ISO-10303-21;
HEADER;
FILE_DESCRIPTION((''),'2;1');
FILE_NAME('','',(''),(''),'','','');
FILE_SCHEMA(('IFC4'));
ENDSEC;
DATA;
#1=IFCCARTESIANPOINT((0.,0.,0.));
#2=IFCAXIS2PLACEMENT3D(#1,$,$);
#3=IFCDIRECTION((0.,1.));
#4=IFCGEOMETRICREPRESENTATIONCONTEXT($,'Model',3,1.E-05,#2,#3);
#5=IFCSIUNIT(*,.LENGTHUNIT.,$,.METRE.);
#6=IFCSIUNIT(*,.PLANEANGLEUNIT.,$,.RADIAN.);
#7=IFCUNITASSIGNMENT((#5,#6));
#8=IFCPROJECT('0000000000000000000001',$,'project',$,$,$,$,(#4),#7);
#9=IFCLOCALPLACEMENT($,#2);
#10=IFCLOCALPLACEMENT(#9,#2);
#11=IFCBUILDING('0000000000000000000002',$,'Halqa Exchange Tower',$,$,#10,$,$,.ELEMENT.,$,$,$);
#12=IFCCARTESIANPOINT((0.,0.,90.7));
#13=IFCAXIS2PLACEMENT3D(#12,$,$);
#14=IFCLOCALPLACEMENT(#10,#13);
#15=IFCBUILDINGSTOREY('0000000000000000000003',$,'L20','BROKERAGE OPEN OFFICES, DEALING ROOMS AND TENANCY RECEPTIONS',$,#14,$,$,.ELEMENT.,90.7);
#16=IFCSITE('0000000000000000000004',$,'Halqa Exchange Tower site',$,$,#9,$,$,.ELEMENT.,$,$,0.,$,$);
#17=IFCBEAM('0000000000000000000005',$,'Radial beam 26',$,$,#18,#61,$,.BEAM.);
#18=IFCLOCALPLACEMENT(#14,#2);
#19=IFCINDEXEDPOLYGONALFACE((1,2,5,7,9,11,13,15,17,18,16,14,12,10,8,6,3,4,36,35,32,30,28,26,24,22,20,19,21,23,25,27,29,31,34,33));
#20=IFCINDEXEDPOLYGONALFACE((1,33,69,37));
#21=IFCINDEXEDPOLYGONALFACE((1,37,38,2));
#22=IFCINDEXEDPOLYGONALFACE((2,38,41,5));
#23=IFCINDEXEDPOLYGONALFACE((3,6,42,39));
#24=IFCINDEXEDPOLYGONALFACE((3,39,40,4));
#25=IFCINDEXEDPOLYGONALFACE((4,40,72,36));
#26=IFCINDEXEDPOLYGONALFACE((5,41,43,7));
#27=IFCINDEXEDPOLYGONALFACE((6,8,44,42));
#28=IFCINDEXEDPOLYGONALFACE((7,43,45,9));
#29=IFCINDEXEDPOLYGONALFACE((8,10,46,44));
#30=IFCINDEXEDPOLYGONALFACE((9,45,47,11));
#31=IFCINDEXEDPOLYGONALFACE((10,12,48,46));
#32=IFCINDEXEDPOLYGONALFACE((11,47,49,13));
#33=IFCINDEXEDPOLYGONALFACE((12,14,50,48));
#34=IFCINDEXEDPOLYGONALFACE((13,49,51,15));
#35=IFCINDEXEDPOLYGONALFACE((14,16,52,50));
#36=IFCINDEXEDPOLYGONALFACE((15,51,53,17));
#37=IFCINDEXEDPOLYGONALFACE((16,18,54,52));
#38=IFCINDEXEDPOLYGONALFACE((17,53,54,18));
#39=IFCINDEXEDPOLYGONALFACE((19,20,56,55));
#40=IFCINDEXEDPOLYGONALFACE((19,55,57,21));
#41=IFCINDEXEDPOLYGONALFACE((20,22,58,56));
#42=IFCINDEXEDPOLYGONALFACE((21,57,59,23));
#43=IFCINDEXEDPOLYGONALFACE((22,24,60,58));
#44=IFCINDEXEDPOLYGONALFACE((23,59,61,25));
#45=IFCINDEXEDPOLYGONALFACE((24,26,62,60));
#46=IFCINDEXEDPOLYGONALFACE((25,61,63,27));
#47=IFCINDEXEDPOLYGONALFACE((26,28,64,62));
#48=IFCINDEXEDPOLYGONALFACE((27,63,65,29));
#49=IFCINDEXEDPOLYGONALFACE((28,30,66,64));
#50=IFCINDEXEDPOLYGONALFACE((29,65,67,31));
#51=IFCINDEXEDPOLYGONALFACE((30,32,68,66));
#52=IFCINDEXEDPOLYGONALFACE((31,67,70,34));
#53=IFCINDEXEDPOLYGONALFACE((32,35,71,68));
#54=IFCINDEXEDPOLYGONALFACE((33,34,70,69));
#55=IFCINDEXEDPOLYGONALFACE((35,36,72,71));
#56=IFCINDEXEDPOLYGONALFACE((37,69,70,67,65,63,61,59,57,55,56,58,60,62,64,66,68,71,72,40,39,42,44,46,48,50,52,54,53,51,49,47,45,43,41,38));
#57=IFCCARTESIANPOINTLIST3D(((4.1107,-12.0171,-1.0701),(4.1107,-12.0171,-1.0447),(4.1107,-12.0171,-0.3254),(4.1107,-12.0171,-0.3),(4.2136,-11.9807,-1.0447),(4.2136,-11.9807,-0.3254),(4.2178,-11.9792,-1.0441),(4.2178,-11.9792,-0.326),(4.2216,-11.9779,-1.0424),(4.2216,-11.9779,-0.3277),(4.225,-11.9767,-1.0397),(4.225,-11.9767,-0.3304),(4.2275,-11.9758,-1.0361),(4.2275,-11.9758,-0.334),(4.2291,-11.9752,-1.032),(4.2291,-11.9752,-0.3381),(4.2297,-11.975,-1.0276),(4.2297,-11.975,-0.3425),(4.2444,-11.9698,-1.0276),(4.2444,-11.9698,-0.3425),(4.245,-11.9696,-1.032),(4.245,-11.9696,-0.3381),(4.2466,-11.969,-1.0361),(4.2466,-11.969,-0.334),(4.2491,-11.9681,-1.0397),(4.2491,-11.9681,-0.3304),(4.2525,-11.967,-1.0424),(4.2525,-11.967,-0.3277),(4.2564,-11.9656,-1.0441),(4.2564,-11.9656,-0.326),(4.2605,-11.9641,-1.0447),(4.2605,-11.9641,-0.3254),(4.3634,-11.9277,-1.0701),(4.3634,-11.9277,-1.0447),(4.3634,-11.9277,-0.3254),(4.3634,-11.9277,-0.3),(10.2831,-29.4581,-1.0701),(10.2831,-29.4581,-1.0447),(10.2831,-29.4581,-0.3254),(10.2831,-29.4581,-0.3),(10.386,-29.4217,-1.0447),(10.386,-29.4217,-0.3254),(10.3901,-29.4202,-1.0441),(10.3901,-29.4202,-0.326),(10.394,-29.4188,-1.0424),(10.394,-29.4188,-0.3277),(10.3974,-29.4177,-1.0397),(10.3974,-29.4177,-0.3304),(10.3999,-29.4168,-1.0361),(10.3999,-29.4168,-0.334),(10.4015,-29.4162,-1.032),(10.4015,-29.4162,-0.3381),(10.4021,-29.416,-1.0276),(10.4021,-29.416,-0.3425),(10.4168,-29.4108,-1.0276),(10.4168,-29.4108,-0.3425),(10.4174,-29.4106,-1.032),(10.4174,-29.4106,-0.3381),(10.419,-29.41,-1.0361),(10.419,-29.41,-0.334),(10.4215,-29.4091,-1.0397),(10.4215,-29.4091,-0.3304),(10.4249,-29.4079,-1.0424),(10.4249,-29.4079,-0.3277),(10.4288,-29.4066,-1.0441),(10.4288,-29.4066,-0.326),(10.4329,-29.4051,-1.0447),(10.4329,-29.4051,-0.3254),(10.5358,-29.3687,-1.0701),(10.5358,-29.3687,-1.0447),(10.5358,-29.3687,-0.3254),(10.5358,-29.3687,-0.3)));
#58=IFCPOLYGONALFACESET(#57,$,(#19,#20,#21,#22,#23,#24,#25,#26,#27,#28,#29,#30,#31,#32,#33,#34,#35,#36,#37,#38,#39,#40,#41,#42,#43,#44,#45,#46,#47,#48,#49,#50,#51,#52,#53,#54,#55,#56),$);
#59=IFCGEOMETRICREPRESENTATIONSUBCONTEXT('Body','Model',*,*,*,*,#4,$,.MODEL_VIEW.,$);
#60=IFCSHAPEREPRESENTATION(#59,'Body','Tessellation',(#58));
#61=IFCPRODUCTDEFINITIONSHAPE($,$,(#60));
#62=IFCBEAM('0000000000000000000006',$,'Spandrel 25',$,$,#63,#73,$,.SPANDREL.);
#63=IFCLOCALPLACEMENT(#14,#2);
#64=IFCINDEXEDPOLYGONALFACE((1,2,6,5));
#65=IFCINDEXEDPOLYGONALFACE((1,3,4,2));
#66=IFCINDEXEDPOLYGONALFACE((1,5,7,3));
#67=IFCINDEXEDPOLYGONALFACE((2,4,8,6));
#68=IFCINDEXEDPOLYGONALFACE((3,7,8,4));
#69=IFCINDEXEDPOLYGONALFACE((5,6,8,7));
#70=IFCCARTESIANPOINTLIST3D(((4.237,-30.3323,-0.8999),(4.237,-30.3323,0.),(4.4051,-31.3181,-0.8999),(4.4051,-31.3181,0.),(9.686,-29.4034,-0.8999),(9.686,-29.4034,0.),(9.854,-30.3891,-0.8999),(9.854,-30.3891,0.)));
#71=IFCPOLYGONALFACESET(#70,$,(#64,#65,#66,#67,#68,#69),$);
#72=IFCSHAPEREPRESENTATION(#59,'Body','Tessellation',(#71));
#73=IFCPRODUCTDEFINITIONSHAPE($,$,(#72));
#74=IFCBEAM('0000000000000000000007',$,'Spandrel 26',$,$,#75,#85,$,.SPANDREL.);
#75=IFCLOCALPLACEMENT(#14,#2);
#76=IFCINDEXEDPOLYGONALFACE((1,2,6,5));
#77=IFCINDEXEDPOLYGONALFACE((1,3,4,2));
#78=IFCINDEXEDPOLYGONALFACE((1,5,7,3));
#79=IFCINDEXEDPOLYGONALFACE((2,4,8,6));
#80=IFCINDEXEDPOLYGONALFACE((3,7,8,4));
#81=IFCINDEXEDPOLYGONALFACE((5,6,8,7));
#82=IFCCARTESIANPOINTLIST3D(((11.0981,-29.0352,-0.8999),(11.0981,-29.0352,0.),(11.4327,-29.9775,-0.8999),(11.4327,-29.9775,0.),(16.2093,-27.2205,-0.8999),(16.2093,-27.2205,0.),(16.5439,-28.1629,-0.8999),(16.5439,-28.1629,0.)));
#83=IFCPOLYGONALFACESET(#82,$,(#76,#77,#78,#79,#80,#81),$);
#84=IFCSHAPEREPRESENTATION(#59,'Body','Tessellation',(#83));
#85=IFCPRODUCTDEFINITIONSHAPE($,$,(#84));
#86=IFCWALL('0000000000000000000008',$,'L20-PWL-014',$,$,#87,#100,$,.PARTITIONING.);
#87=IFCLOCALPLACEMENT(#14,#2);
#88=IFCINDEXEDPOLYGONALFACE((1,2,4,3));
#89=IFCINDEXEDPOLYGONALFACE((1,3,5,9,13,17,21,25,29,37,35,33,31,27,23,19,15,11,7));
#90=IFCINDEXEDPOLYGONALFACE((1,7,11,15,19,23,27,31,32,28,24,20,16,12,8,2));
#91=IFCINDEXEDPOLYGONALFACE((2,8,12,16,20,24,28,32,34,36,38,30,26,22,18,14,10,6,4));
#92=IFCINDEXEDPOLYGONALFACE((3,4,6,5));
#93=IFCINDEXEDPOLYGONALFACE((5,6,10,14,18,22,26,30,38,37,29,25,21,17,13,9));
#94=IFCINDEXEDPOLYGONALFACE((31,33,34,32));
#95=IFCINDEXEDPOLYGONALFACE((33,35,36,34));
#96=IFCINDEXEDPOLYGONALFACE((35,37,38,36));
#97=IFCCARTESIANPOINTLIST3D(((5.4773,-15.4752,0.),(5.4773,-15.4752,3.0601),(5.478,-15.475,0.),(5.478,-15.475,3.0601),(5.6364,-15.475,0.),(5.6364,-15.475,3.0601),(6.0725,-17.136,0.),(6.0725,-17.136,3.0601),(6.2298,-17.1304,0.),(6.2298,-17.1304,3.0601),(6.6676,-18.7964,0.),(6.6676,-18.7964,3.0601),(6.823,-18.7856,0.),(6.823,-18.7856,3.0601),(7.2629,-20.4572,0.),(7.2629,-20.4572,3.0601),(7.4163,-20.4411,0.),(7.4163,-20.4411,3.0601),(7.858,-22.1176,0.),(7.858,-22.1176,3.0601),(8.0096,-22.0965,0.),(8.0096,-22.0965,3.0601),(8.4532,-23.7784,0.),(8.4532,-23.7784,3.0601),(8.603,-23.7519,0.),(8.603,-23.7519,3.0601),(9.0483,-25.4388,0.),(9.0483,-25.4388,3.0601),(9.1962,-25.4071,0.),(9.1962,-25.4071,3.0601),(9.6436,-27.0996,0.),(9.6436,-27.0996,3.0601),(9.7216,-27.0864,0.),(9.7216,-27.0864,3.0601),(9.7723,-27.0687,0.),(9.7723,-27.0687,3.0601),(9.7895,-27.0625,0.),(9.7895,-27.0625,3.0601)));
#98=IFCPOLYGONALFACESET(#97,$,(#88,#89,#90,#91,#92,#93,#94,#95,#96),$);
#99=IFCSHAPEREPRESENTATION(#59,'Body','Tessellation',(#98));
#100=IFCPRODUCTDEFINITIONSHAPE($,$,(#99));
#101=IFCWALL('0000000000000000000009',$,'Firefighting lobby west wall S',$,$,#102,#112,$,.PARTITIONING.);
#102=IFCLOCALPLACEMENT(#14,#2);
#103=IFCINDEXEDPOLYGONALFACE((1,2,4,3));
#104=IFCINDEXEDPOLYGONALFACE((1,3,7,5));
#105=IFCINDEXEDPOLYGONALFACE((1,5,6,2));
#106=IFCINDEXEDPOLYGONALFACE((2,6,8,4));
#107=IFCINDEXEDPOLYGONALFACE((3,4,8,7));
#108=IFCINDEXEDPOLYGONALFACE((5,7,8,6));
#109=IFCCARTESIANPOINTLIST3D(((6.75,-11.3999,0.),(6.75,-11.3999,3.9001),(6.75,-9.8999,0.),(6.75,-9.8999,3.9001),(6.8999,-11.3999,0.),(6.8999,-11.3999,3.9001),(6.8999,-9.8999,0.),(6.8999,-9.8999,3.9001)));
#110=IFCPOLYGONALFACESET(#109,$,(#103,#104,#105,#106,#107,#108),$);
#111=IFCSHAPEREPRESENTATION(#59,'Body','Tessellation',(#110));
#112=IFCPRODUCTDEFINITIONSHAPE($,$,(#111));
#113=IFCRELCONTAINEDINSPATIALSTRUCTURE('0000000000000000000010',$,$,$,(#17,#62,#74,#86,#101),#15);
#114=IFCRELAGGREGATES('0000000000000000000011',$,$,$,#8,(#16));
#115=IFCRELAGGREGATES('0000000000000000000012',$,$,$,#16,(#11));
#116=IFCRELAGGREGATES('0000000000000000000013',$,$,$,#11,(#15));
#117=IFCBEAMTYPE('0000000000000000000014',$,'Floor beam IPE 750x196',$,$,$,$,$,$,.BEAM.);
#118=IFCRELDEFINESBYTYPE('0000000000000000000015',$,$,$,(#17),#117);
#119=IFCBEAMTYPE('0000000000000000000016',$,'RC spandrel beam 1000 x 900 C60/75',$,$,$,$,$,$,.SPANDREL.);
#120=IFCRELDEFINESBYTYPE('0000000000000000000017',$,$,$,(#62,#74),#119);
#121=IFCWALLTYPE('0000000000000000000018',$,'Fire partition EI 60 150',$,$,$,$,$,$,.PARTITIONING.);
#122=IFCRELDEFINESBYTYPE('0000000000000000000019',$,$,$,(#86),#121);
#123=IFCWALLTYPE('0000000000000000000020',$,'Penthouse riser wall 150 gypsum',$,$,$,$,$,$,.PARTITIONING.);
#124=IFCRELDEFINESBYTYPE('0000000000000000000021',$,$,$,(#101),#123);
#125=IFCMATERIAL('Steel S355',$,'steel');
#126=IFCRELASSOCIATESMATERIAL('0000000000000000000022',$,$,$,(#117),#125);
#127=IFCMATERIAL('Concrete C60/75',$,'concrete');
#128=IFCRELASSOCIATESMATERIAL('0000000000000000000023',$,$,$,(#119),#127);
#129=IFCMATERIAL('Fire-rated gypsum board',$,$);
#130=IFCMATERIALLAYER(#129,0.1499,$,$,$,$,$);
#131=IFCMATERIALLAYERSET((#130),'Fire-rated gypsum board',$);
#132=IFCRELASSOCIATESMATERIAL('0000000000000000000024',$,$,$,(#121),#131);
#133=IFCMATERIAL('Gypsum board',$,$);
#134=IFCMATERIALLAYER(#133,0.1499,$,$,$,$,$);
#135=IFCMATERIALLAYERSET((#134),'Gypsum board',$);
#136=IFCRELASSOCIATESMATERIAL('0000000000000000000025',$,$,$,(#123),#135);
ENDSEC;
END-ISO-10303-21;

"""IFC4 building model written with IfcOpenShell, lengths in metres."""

from ifc_helpers import new_model, si_unit, direction, frame, frame_2d, origin, origin_2d, place, context, subcontext, project, spatial, polyline, rectangle, i_section, outline, extrude, material, layer, layer_set, material_profile, profile_set, type_object, element, save


model = new_model("IFC4")

# Units and contexts
model_context = context("Model", 3, precision=1e-05, world=origin(), true_north=direction((0.0, 1.0)))
body_context = subcontext(model_context, "Body", "Model", "MODEL_VIEW")
ifc_project = project(units=[si_unit("LENGTHUNIT", "METRE"), si_unit("PLANEANGLEUNIT", "RADIAN")], contexts=[model_context])

# Site, building, storey
site_placement = place(None, origin())
site = spatial("IfcSite", under=ifc_project, at=site_placement, Name="Halqa Exchange Tower site", CompositionType="ELEMENT", RefElevation=0.0)
building_placement = place(site_placement, origin())
building = spatial("IfcBuilding", under=site, at=building_placement, Name="Halqa Exchange Tower", CompositionType="ELEMENT")
storey_placement = place(building_placement, frame((0.0, 0.0, 90.7)))
storey = spatial("IfcBuildingStorey", under=building, at=storey_placement, Name="L20", Description="BROKERAGE OPEN OFFICES, DEALING ROOMS AND TENANCY RECEPTIONS", CompositionType="ELEMENT", Elevation=90.7)

# Beams
ifc_material_1 = material(Name="Steel S355", Category="steel")
ifc_material_profile_1 = material_profile(ifc_material_1, i_section(OverallWidth=0.2681, OverallDepth=0.77, WebThickness=0.0156, FlangeThickness=0.0254, FilletRadius=0.0171, at=origin_2d()), Name="IPE 750x196")
ifc_profile_set_1 = profile_set([ifc_material_profile_1], Name="Steel S355")
beam_type_1 = type_object("IfcBeamType", Name="Floor beam IPE 750x196", PredefinedType="BEAM", material=ifc_profile_set_1)
beam_1_placement = place(storey_placement, frame((4.2371, -11.9724, -0.6851), z_axis=(0.333625, -0.942706, 0.0), x_axis=(0.942706, 0.333625, 0.0)))
element("IfcBeam", 1, at=beam_1_placement, inside=storey, type_object=beam_type_1, Name="Radial beam 26", PredefinedType="BEAM", context=body_context, shape_type="SweptSolid", body=[
    extrude(i_section(OverallWidth=0.2681, OverallDepth=0.77, WebThickness=0.0156, FlangeThickness=0.0254, FilletRadius=0.0171, at=origin_2d()), origin(), (0.0, 0.0, 1.0), 18.501),
])
ifc_material_2 = material(Name="Concrete C60/75", Category="concrete")
ifc_material_profile_2 = material_profile(ifc_material_2, rectangle(XDim=1.0, YDim=0.8999, at=origin_2d()), Name="1000 x 900")
ifc_profile_set_2 = profile_set([ifc_material_profile_2], Name="Concrete C60/75")
beam_type_2 = type_object("IfcBeamType", Name="RC spandrel beam 1000 x 900 C60/75", PredefinedType="SPANDREL", material=ifc_profile_set_2)
beam_2_placement = place(storey_placement, frame((4.321, -30.8252, -0.45), z_axis=(0.985777, 0.168058, 0.0), x_axis=(-0.168058, 0.985777, 0.0)))
element("IfcBeam", 2, at=beam_2_placement, inside=storey, type_object=beam_type_2, Name="Spandrel 25", PredefinedType="SPANDREL", context=body_context, shape_type="SweptSolid", body=[
    extrude(rectangle(XDim=1.0, YDim=0.8999, at=origin_2d()), origin(), (0.0, 0.0, 1.0), 5.5276),
])
beam_3_placement = place(storey_placement, frame((11.2654, -29.5063, -0.45), z_axis=(0.94237, 0.334574, 0.0), x_axis=(-0.334574, 0.94237, 0.0)))
element("IfcBeam", 3, at=beam_3_placement, inside=storey, type_object=beam_type_2, Name="Spandrel 26", PredefinedType="SPANDREL", context=body_context, shape_type="SweptSolid", body=[
    extrude(rectangle(XDim=1.0, YDim=0.8999, at=origin_2d()), origin(), (0.0, 0.0, 1.0), 5.4238),
])

# Walls
ifc_material_3 = material(Name="Fire-rated gypsum board")
ifc_layer_1 = layer(ifc_material_3, 0.1499)
ifc_layer_set_1 = layer_set([ifc_layer_1], Name="Fire-rated gypsum board")
wall_type_1 = type_object("IfcWallType", Name="Fire partition EI 60 150", PredefinedType="PARTITIONING", material=ifc_layer_set_1)
wall_1_placement = place(storey_placement, frame((5.5479, -15.45, 0.0), z_axis=(0.0, 0.0, 1.0), x_axis=(0.337393, -0.941364, 0.0)))
element("IfcWall", 4, at=wall_1_placement, inside=storey, type_object=wall_type_1, Name="L20-PWL-014", PredefinedType="PARTITIONING", context=body_context, shape_type="SweptSolid", body=[
    extrude(outline(polyline([(0.0, -0.075), (1.7642, -0.075), (3.5281, -0.075), (5.2922, -0.075), (7.0562, -0.075), (8.8203, -0.075), (10.5842, -0.075), (12.3484, -0.075), (12.3623, 0.0029), (12.3628, 0.0566), (12.3628, 0.075), (10.6042, 0.075), (8.8459, 0.075), (7.0874, 0.075), (5.3289, 0.075), (3.5703, 0.075), (1.812, 0.075), (0.0535, 0.075), (0.0, -0.0742), (0.0, -0.075)])), origin(), (0.0, 0.0, 1.0), 3.0601),
])
ifc_material_4 = material(Name="Gypsum board")
ifc_layer_2 = layer(ifc_material_4, 0.1499)
ifc_layer_set_2 = layer_set([ifc_layer_2], Name="Gypsum board")
wall_type_2 = type_object("IfcWallType", Name="Penthouse riser wall 150 gypsum", PredefinedType="PARTITIONING", material=ifc_layer_set_2)
wall_2_placement = place(storey_placement, frame((6.825, -11.3999, 0.0), z_axis=(0.0, 0.0, 1.0), x_axis=(0.0, 1.0, 0.0)))
element("IfcWall", 5, at=wall_2_placement, inside=storey, type_object=wall_type_2, Name="Firefighting lobby west wall S", PredefinedType="PARTITIONING", context=body_context, shape_type="SweptSolid", body=[
    extrude(rectangle(XDim=1.5, YDim=0.1499, at=frame_2d((0.75, 0.0))), origin(), (0.0, 0.0, 1.0), 3.9001),
])

save(model, "model.ifc")
